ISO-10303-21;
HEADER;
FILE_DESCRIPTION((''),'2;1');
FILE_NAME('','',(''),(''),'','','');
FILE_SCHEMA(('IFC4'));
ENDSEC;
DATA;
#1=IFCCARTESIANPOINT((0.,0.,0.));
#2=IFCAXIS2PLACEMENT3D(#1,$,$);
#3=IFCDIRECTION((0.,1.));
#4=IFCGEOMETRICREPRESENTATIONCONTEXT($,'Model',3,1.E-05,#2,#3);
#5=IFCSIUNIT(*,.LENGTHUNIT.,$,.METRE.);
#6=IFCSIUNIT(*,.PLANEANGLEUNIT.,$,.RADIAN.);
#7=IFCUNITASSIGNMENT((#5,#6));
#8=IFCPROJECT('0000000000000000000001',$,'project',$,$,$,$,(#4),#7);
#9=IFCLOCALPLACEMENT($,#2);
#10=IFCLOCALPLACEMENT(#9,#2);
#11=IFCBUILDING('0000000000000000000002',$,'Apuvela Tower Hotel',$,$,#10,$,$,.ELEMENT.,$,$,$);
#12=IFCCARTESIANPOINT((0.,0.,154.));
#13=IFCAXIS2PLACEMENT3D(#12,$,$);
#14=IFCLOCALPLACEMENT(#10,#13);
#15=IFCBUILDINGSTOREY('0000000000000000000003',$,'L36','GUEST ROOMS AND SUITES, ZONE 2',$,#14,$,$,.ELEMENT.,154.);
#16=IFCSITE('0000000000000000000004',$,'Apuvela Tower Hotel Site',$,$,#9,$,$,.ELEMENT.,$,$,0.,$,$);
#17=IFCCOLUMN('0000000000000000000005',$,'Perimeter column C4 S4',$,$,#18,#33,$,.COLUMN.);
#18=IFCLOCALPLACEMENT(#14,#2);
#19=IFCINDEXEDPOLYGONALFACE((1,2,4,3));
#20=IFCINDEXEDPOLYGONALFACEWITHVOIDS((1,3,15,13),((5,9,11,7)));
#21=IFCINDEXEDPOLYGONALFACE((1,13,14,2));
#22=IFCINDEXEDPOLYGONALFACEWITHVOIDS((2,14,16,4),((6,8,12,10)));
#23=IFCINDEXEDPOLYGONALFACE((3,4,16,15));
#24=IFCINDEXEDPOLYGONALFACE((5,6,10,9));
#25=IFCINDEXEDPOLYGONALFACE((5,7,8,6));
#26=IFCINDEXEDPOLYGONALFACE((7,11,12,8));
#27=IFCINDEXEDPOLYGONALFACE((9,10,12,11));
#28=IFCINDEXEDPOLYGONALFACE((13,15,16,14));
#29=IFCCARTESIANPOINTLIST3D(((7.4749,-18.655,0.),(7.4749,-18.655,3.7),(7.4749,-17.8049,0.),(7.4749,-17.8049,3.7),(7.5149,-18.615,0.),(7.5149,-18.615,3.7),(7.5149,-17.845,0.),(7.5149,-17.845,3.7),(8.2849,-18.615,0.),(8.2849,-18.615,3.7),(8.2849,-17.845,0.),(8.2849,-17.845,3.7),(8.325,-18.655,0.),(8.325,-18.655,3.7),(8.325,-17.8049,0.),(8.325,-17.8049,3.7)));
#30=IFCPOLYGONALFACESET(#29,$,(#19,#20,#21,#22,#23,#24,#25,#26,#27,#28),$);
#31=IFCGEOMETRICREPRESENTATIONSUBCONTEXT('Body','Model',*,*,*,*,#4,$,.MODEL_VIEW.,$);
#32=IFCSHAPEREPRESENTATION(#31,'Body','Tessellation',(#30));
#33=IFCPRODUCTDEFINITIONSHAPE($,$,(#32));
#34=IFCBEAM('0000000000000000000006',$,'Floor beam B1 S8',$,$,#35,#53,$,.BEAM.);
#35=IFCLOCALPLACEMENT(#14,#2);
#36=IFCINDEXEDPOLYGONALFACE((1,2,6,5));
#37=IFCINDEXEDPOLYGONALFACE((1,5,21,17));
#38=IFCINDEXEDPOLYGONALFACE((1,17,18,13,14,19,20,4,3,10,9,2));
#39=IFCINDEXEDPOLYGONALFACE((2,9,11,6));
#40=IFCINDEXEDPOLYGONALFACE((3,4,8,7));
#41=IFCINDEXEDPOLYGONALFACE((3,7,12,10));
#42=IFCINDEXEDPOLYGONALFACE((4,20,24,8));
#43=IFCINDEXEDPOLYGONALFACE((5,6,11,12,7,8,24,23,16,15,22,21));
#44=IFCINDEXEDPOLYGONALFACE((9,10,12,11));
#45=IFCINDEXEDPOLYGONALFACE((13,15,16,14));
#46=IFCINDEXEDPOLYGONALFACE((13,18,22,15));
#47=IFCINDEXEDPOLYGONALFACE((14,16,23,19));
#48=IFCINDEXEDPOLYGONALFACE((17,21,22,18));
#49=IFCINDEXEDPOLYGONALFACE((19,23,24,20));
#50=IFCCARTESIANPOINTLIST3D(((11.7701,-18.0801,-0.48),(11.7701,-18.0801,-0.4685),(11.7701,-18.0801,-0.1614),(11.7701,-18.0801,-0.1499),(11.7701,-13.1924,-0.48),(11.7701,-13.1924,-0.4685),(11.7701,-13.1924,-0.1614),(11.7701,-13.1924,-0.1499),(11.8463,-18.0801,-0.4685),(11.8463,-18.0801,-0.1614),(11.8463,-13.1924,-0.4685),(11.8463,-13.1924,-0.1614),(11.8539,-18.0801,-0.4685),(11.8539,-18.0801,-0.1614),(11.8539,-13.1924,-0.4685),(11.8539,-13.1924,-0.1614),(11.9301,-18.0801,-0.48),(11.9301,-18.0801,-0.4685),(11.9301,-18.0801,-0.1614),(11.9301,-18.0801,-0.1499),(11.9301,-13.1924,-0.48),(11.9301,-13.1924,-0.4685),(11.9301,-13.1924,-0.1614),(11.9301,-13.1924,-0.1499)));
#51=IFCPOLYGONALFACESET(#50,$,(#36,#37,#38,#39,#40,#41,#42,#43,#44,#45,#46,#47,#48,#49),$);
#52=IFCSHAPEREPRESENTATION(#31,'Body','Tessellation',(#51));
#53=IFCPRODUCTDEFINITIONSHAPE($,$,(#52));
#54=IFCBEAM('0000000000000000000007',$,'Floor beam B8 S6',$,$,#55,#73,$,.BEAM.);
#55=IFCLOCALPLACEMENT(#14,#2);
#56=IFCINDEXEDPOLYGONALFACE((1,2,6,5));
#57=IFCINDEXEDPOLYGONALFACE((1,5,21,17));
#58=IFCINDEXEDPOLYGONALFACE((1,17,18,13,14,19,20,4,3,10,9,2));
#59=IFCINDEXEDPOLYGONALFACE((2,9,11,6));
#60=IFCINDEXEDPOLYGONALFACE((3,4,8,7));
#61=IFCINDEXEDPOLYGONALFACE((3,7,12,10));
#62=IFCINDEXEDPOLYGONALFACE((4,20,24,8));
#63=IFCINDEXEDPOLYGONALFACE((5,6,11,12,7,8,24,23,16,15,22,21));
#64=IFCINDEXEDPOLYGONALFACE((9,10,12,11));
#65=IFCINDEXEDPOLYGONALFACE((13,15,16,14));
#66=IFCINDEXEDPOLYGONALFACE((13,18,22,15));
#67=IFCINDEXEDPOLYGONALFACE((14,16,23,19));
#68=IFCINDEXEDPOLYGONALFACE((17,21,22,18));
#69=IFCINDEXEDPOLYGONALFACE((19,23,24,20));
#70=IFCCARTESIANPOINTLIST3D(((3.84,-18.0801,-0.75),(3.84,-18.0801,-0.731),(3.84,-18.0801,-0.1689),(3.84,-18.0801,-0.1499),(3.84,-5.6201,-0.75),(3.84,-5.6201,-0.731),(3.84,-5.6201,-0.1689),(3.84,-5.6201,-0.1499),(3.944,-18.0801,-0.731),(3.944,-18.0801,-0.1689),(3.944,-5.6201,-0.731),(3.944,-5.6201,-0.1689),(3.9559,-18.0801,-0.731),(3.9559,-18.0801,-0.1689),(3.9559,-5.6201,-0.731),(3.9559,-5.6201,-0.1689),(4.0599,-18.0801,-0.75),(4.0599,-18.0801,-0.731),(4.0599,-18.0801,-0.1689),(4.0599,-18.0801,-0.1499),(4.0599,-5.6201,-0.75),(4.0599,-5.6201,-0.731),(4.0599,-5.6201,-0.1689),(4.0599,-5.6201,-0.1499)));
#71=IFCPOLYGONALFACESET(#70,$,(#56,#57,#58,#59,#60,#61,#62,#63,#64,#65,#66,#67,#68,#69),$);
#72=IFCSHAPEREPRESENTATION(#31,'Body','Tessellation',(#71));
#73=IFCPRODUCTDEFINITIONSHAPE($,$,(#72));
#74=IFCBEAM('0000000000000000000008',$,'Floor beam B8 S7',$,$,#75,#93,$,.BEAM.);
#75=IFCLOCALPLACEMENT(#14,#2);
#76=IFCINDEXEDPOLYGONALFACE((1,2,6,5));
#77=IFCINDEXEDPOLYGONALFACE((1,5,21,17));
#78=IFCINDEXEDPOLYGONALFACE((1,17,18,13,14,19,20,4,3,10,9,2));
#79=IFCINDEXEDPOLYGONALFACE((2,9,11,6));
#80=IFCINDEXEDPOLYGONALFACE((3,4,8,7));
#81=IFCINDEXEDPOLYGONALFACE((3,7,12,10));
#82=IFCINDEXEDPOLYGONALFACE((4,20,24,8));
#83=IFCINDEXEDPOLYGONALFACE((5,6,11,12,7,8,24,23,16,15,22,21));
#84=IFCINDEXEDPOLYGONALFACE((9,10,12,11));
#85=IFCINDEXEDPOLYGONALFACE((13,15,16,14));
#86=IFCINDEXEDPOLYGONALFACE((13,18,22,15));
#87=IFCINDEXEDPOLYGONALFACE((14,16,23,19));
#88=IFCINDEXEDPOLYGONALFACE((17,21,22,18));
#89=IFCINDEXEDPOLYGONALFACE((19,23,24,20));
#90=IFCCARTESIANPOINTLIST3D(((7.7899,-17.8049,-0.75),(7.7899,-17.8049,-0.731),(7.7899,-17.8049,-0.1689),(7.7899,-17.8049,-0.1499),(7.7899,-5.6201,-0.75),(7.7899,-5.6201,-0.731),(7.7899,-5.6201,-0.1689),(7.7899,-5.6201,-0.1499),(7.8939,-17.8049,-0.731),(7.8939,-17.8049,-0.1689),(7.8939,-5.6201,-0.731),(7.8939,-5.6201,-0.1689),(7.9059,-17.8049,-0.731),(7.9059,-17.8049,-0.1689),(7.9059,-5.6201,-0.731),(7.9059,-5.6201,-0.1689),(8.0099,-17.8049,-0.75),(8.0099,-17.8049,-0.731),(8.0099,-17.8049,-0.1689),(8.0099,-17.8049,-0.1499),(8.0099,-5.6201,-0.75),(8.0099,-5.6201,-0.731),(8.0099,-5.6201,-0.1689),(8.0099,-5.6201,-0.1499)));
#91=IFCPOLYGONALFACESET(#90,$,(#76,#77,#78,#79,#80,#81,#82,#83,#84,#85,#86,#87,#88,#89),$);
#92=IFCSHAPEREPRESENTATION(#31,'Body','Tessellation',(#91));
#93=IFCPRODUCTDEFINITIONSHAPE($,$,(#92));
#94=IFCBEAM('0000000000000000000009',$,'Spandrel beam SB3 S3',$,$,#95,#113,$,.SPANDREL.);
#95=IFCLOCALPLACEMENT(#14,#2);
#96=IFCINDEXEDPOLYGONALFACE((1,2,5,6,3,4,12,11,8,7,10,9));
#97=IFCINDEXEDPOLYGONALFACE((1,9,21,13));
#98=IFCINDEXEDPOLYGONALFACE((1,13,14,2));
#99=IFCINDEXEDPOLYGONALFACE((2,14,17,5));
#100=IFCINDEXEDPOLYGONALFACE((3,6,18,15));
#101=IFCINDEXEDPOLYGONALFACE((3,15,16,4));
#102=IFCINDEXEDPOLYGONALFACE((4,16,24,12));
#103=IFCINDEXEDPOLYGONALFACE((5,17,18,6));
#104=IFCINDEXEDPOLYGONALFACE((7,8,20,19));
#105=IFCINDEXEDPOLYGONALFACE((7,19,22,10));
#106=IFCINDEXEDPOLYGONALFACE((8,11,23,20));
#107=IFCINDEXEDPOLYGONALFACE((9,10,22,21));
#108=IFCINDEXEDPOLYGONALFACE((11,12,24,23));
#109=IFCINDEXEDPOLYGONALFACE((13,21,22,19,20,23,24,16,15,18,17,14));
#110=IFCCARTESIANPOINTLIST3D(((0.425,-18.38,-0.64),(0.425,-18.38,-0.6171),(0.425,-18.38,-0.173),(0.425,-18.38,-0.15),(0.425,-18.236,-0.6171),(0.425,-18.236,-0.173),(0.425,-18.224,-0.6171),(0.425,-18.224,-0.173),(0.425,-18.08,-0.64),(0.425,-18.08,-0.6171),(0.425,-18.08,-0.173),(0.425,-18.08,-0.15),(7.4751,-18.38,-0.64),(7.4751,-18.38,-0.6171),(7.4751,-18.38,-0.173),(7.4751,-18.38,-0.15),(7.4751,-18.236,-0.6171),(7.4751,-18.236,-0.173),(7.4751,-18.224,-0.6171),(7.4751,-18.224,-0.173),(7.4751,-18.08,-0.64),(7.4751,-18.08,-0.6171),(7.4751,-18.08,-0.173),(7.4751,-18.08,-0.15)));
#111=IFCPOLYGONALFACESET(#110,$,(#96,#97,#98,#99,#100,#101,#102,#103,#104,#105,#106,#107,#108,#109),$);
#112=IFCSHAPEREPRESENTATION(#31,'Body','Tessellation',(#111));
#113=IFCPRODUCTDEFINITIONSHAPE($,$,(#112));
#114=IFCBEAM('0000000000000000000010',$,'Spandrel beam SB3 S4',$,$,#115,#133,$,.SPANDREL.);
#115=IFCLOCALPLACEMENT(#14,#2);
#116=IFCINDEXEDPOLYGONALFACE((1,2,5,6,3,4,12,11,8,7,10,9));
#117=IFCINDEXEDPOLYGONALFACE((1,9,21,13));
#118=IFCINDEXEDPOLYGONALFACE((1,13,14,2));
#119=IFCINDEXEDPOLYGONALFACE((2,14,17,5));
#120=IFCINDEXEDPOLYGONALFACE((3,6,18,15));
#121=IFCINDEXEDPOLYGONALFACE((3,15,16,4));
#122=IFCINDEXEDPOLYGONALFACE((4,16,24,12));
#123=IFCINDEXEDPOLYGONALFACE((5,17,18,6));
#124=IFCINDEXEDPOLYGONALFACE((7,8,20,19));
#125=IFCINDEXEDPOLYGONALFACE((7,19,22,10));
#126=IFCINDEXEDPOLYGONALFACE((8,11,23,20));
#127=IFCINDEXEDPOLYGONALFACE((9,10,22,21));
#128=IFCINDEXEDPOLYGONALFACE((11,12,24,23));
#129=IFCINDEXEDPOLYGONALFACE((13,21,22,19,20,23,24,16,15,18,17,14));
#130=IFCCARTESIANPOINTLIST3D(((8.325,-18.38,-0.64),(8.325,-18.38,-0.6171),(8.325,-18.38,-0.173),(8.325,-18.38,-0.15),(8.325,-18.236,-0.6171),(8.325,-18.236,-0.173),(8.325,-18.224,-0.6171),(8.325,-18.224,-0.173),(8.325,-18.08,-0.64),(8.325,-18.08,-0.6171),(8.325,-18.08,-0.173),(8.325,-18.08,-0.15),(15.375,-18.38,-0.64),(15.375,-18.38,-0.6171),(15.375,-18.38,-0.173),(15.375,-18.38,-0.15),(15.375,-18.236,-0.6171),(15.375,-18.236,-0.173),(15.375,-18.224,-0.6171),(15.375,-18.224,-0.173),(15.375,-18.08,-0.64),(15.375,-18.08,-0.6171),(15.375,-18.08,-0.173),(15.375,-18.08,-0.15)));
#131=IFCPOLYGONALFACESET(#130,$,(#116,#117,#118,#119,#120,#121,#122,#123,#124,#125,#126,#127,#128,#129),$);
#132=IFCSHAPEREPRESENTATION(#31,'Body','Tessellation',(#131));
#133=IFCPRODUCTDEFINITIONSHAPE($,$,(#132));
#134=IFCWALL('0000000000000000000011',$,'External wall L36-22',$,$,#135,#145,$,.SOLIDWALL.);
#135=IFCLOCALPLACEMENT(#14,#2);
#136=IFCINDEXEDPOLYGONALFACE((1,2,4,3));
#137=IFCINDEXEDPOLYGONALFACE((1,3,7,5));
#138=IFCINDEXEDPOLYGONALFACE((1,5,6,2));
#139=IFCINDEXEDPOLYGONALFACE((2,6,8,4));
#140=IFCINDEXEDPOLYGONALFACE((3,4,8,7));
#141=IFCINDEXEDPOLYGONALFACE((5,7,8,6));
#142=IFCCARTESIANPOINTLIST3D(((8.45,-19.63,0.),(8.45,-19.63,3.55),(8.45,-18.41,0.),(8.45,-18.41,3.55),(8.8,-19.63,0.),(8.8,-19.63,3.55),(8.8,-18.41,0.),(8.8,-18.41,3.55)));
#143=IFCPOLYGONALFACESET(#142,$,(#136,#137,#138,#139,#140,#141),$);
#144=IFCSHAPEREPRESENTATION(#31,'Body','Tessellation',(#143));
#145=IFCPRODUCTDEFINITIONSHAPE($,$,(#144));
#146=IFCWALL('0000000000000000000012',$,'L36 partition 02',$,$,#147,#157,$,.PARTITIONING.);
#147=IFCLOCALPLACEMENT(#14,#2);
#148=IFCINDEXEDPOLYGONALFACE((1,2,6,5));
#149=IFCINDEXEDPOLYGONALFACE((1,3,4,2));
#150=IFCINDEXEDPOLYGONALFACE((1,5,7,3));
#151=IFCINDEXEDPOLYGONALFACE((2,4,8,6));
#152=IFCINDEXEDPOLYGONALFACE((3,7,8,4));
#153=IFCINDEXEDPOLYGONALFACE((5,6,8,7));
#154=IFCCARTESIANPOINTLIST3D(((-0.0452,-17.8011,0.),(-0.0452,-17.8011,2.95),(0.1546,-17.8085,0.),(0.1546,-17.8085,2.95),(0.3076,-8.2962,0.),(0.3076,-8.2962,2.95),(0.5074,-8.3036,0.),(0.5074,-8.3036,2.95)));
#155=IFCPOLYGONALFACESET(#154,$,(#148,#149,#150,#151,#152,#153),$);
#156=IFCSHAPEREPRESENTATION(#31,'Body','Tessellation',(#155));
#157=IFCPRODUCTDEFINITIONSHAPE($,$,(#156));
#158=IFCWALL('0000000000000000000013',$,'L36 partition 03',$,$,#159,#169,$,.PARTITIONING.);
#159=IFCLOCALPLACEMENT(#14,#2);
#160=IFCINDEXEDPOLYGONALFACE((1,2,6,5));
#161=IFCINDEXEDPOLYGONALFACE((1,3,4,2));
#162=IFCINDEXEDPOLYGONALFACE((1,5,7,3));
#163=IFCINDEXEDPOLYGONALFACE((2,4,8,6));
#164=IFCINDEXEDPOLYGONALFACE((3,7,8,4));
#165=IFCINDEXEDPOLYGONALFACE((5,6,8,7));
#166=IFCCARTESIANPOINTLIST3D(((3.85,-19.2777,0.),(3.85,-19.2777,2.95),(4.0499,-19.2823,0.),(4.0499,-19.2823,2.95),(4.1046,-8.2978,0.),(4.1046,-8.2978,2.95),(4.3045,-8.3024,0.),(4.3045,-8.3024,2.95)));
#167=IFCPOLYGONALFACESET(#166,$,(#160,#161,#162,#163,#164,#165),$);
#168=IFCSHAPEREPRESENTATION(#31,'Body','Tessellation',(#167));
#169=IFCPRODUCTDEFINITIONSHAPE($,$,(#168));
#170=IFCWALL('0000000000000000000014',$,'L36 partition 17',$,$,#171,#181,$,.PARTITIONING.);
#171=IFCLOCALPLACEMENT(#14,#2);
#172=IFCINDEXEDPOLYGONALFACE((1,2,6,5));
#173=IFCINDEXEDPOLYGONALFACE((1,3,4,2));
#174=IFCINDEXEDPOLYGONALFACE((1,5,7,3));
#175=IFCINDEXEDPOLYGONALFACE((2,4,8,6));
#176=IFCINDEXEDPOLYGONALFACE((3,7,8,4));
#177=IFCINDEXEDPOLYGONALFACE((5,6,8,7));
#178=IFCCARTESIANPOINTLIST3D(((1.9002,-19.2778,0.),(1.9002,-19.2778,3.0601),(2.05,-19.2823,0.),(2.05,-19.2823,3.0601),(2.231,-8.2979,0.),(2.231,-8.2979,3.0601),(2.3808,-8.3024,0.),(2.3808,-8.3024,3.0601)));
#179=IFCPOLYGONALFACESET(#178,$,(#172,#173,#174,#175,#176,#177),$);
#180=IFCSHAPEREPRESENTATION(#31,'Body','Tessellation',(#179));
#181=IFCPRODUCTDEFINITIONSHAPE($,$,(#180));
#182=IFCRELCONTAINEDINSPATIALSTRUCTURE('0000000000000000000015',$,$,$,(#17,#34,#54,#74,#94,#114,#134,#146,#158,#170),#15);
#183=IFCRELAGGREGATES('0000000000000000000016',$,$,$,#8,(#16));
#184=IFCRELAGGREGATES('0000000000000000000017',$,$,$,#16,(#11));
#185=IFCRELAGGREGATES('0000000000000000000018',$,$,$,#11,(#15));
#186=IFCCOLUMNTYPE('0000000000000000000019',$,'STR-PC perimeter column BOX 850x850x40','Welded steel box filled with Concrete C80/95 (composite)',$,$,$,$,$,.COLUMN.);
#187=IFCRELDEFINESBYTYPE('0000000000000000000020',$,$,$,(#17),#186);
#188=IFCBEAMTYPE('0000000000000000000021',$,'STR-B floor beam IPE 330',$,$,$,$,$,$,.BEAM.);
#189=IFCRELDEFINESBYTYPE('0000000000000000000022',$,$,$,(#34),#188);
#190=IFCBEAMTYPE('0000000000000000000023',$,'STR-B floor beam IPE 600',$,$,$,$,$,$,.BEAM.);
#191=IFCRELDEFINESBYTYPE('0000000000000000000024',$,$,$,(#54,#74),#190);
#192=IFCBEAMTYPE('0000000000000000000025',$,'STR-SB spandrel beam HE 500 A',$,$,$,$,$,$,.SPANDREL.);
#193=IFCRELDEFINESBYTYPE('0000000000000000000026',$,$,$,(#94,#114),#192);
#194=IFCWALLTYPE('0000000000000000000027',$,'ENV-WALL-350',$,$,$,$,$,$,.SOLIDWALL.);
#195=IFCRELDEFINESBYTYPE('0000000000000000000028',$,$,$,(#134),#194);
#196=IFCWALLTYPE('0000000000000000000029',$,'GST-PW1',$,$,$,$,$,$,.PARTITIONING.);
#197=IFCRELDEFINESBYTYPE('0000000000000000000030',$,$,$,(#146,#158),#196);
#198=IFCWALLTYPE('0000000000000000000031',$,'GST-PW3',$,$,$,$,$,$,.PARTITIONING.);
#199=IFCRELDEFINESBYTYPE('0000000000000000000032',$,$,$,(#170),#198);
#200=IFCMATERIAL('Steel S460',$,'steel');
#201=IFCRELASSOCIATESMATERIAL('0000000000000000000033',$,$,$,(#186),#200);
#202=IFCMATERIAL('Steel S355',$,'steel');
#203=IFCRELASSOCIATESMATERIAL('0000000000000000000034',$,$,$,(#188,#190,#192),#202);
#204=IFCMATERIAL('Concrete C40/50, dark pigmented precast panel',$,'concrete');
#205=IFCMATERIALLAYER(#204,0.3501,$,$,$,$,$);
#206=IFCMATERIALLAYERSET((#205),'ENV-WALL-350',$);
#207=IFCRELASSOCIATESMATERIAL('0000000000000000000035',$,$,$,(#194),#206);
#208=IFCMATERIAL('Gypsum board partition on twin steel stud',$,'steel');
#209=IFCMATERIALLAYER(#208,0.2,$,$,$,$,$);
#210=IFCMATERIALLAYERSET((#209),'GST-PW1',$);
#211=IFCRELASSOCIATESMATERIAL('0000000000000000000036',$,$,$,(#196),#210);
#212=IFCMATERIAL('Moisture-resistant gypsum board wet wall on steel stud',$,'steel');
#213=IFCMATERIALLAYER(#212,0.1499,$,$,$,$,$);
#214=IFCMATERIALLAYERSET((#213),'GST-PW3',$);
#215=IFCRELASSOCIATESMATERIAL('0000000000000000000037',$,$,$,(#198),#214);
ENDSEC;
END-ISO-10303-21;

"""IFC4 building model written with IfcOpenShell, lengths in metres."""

from ifc_helpers import new_model, si_unit, direction, frame, frame_2d, origin, origin_2d, place, context, subcontext, project, spatial, rectangle, hollow_rectangle, i_section, extrude, material, layer, layer_set, material_profile, profile_set, type_object, element, save


model = new_model("IFC4")

# Units and contexts
model_context = context("Model", 3, precision=1e-05, world=origin(), true_north=direction((0.0, 1.0)))
body_context = subcontext(model_context, "Body", "Model", "MODEL_VIEW")
ifc_project = project(units=[si_unit("LENGTHUNIT", "METRE"), si_unit("PLANEANGLEUNIT", "RADIAN")], contexts=[model_context])

# Site, building, storey
site_placement = place(None, origin())
site = spatial("IfcSite", under=ifc_project, at=site_placement, Name="Apuvela Tower Hotel Site", CompositionType="ELEMENT", RefElevation=0.0)
building_placement = place(site_placement, origin())
building = spatial("IfcBuilding", under=site, at=building_placement, Name="Apuvela Tower Hotel", CompositionType="ELEMENT")
storey_placement = place(building_placement, frame((0.0, 0.0, 154.0)))
storey = spatial("IfcBuildingStorey", under=building, at=storey_placement, Name="L36", Description="GUEST ROOMS AND SUITES, ZONE 2", CompositionType="ELEMENT", Elevation=154.0)

# Column
ifc_material_1 = material(Name="Steel S460", Category="steel")
ifc_material_profile_1 = material_profile(ifc_material_1, hollow_rectangle(XDim=0.8501, YDim=0.8501, WallThickness=0.04, at=origin_2d()), Name="BOX 850x850x40")
ifc_material_2 = material(Name="Concrete C80/95", Category="concrete")
ifc_material_profile_2 = material_profile(ifc_material_2, rectangle(XDim=0.77, YDim=0.77, at=origin_2d()), Name="Concrete C80/95 infill")
ifc_profile_set_1 = profile_set([ifc_material_profile_1, ifc_material_profile_2], Name="Steel S460")
column_type = type_object("IfcColumnType", Name="STR-PC perimeter column BOX 850x850x40", Description="Welded steel box filled with Concrete C80/95 (composite)", PredefinedType="COLUMN", material=ifc_profile_set_1)
column_placement = place(storey_placement, frame((7.8999, -18.23, 0.0), z_axis=(0.0, 0.0, 1.0), x_axis=(-1.0, 0.0, 0.0)))
element("IfcColumn", 1, at=column_placement, inside=storey, type_object=column_type, Name="Perimeter column C4 S4", PredefinedType="COLUMN", context=body_context, shape_type="SweptSolid", body=[
    extrude(hollow_rectangle(XDim=0.8501, YDim=0.8501, WallThickness=0.04, at=origin_2d()), origin(), (0.0, 0.0, 1.0), 3.7),
])

# Beams
ifc_material_3 = material(Name="Steel S355", Category="steel")
ifc_material_profile_3 = material_profile(ifc_material_3, i_section(OverallWidth=0.1599, OverallDepth=0.3301, WebThickness=0.0076, FlangeThickness=0.0115, at=origin_2d()), Name="IPE 330")
ifc_profile_set_2 = profile_set([ifc_material_profile_3], Name="Steel S355")
beam_type_1 = type_object("IfcBeamType", Name="STR-B floor beam IPE 330", PredefinedType="BEAM", material=ifc_profile_set_2)
beam_1_placement = place(storey_placement, frame((11.8501, -18.0801, -0.3149), z_axis=(0.0, 1.0, 0.0), x_axis=(-1.0, 0.0, 0.0)))
element("IfcBeam", 2, at=beam_1_placement, inside=storey, type_object=beam_type_1, Name="Floor beam B1 S8", PredefinedType="BEAM", context=body_context, shape_type="SweptSolid", body=[
    extrude(i_section(OverallWidth=0.1599, OverallDepth=0.3301, WebThickness=0.0076, FlangeThickness=0.0115, at=origin_2d()), origin(), (0.0, 0.0, 1.0), 4.8877),
])
ifc_material_profile_4 = material_profile(ifc_material_3, i_section(OverallWidth=0.22, OverallDepth=0.6001, WebThickness=0.012, FlangeThickness=0.019, at=origin_2d()), Name="IPE 600")
ifc_profile_set_3 = profile_set([ifc_material_profile_4], Name="Steel S355")
beam_type_2 = type_object("IfcBeamType", Name="STR-B floor beam IPE 600", PredefinedType="BEAM", material=ifc_profile_set_3)
beam_2_placement = place(storey_placement, frame((3.95, -18.0801, -0.45), z_axis=(0.0, 1.0, 0.0), x_axis=(-1.0, 0.0, 0.0)))
element("IfcBeam", 3, at=beam_2_placement, inside=storey, type_object=beam_type_2, Name="Floor beam B8 S6", PredefinedType="BEAM", context=body_context, shape_type="SweptSolid", body=[
    extrude(i_section(OverallWidth=0.22, OverallDepth=0.6001, WebThickness=0.012, FlangeThickness=0.019, at=origin_2d()), origin(), (0.0, 0.0, 1.0), 12.46),
])
beam_3_placement = place(storey_placement, frame((7.8999, -17.8049, -0.45), z_axis=(0.0, 1.0, 0.0), x_axis=(-1.0, 0.0, 0.0)))
element("IfcBeam", 4, at=beam_3_placement, inside=storey, type_object=beam_type_2, Name="Floor beam B8 S7", PredefinedType="BEAM", context=body_context, shape_type="SweptSolid", body=[
    extrude(i_section(OverallWidth=0.22, OverallDepth=0.6001, WebThickness=0.012, FlangeThickness=0.019, at=origin_2d()), origin(), (0.0, 0.0, 1.0), 12.1848),
])
ifc_material_profile_5 = material_profile(ifc_material_3, i_section(OverallWidth=0.3, OverallDepth=0.49, WebThickness=0.012, FlangeThickness=0.0229, at=origin_2d()), Name="HE 500 A")
ifc_profile_set_4 = profile_set([ifc_material_profile_5], Name="Steel S355")
beam_type_3 = type_object("IfcBeamType", Name="STR-SB spandrel beam HE 500 A", PredefinedType="SPANDREL", material=ifc_profile_set_4)
for number, where, z_axis, x_axis, name in (
    (5, (0.425, -18.23, -0.395), (1.0, 0.0, 0.0), (0.0, 1.0, 0.0), "Spandrel beam SB3 S3"),
    (6, (8.325, -18.23, -0.395), (1.0, 0.0, 0.0), (0.0, 1.0, 0.0), "Spandrel beam SB3 S4"),
):
    element("IfcBeam", number, at=place(storey_placement, frame(where, z_axis=z_axis, x_axis=x_axis)), inside=storey, type_object=beam_type_3, Name=name, PredefinedType="SPANDREL", context=body_context, shape_type="SweptSolid", body=[
        extrude(i_section(OverallWidth=0.3, OverallDepth=0.49, WebThickness=0.012, FlangeThickness=0.0229, at=origin_2d()), origin(), (0.0, 0.0, 1.0), 7.05),
    ])

# Wall
ifc_material_4 = material(Name="Concrete C40/50, dark pigmented precast panel", Category="concrete")
ifc_layer_1 = layer(ifc_material_4, 0.3501)
ifc_layer_set_1 = layer_set([ifc_layer_1], Name="ENV-WALL-350")
wall_type_1 = type_object("IfcWallType", Name="ENV-WALL-350", PredefinedType="SOLIDWALL", material=ifc_layer_set_1)
wall_1_placement = place(storey_placement, frame((8.625, -19.6299, 0.0), z_axis=(0.0, 0.0, 1.0), x_axis=(0.0, 1.0, 0.0)))
element("IfcWall", 7, at=wall_1_placement, inside=storey, type_object=wall_type_1, Name="External wall L36-22", PredefinedType="SOLIDWALL", context=body_context, shape_type="SweptSolid", body=[
    extrude(rectangle(XDim=1.22, YDim=0.3501, at=frame_2d((0.6099, 0.0))), origin(), (0.0, 0.0, 1.0), 3.55),
])

# Walls
ifc_material_5 = material(Name="Gypsum board partition on twin steel stud", Category="steel")
ifc_layer_2 = layer(ifc_material_5, 0.2)
ifc_layer_set_2 = layer_set([ifc_layer_2], Name="GST-PW1")
wall_type_2 = type_object("IfcWallType", Name="GST-PW1", PredefinedType="PARTITIONING", material=ifc_layer_set_2)
wall_2_placement = place(storey_placement, frame((0.0547, -17.8049, 0.0), z_axis=(0.0, 0.0, 1.0), x_axis=(0.03709, 0.999312, 0.0)))
element("IfcWall", 8, at=wall_2_placement, inside=storey, type_object=wall_type_2, Name="L36 partition 02", PredefinedType="PARTITIONING", context=body_context, shape_type="SweptSolid", body=[
    extrude(rectangle(XDim=9.5115, YDim=0.2, at=frame_2d((4.7559, 0.0))), origin(), (0.0, 0.0, 1.0), 2.95),
])
wall_3_placement = place(storey_placement, frame((3.95, -19.28, 0.0), z_axis=(0.0, 0.0, 1.0), x_axis=(0.023185, 0.999731, 0.0)))
element("IfcWall", 9, at=wall_3_placement, inside=storey, type_object=wall_type_2, Name="L36 partition 03", PredefinedType="PARTITIONING", context=body_context, shape_type="SweptSolid", body=[
    extrude(rectangle(XDim=10.9829, YDim=0.2, at=frame_2d((5.4915, 0.0))), origin(), (0.0, 0.0, 1.0), 2.95),
])
ifc_material_6 = material(Name="Moisture-resistant gypsum board wet wall on steel stud", Category="steel")
ifc_layer_3 = layer(ifc_material_6, 0.1499)
ifc_layer_set_3 = layer_set([ifc_layer_3], Name="GST-PW3")
wall_type_3 = type_object("IfcWallType", Name="GST-PW3", PredefinedType="PARTITIONING", material=ifc_layer_set_3)
wall_4_placement = place(storey_placement, frame((1.9751, -19.28, 0.0), z_axis=(0.0, 0.0, 1.0), x_axis=(0.030115, 0.999546, 0.0)))
element("IfcWall", 10, at=wall_4_placement, inside=storey, type_object=wall_type_3, Name="L36 partition 17", PredefinedType="PARTITIONING", context=body_context, shape_type="SweptSolid", body=[
    extrude(rectangle(XDim=10.9849, YDim=0.1499, at=frame_2d((5.4924, 0.0))), origin(), (0.0, 0.0, 1.0), 3.0601),
])

save(model, "model.ifc")
